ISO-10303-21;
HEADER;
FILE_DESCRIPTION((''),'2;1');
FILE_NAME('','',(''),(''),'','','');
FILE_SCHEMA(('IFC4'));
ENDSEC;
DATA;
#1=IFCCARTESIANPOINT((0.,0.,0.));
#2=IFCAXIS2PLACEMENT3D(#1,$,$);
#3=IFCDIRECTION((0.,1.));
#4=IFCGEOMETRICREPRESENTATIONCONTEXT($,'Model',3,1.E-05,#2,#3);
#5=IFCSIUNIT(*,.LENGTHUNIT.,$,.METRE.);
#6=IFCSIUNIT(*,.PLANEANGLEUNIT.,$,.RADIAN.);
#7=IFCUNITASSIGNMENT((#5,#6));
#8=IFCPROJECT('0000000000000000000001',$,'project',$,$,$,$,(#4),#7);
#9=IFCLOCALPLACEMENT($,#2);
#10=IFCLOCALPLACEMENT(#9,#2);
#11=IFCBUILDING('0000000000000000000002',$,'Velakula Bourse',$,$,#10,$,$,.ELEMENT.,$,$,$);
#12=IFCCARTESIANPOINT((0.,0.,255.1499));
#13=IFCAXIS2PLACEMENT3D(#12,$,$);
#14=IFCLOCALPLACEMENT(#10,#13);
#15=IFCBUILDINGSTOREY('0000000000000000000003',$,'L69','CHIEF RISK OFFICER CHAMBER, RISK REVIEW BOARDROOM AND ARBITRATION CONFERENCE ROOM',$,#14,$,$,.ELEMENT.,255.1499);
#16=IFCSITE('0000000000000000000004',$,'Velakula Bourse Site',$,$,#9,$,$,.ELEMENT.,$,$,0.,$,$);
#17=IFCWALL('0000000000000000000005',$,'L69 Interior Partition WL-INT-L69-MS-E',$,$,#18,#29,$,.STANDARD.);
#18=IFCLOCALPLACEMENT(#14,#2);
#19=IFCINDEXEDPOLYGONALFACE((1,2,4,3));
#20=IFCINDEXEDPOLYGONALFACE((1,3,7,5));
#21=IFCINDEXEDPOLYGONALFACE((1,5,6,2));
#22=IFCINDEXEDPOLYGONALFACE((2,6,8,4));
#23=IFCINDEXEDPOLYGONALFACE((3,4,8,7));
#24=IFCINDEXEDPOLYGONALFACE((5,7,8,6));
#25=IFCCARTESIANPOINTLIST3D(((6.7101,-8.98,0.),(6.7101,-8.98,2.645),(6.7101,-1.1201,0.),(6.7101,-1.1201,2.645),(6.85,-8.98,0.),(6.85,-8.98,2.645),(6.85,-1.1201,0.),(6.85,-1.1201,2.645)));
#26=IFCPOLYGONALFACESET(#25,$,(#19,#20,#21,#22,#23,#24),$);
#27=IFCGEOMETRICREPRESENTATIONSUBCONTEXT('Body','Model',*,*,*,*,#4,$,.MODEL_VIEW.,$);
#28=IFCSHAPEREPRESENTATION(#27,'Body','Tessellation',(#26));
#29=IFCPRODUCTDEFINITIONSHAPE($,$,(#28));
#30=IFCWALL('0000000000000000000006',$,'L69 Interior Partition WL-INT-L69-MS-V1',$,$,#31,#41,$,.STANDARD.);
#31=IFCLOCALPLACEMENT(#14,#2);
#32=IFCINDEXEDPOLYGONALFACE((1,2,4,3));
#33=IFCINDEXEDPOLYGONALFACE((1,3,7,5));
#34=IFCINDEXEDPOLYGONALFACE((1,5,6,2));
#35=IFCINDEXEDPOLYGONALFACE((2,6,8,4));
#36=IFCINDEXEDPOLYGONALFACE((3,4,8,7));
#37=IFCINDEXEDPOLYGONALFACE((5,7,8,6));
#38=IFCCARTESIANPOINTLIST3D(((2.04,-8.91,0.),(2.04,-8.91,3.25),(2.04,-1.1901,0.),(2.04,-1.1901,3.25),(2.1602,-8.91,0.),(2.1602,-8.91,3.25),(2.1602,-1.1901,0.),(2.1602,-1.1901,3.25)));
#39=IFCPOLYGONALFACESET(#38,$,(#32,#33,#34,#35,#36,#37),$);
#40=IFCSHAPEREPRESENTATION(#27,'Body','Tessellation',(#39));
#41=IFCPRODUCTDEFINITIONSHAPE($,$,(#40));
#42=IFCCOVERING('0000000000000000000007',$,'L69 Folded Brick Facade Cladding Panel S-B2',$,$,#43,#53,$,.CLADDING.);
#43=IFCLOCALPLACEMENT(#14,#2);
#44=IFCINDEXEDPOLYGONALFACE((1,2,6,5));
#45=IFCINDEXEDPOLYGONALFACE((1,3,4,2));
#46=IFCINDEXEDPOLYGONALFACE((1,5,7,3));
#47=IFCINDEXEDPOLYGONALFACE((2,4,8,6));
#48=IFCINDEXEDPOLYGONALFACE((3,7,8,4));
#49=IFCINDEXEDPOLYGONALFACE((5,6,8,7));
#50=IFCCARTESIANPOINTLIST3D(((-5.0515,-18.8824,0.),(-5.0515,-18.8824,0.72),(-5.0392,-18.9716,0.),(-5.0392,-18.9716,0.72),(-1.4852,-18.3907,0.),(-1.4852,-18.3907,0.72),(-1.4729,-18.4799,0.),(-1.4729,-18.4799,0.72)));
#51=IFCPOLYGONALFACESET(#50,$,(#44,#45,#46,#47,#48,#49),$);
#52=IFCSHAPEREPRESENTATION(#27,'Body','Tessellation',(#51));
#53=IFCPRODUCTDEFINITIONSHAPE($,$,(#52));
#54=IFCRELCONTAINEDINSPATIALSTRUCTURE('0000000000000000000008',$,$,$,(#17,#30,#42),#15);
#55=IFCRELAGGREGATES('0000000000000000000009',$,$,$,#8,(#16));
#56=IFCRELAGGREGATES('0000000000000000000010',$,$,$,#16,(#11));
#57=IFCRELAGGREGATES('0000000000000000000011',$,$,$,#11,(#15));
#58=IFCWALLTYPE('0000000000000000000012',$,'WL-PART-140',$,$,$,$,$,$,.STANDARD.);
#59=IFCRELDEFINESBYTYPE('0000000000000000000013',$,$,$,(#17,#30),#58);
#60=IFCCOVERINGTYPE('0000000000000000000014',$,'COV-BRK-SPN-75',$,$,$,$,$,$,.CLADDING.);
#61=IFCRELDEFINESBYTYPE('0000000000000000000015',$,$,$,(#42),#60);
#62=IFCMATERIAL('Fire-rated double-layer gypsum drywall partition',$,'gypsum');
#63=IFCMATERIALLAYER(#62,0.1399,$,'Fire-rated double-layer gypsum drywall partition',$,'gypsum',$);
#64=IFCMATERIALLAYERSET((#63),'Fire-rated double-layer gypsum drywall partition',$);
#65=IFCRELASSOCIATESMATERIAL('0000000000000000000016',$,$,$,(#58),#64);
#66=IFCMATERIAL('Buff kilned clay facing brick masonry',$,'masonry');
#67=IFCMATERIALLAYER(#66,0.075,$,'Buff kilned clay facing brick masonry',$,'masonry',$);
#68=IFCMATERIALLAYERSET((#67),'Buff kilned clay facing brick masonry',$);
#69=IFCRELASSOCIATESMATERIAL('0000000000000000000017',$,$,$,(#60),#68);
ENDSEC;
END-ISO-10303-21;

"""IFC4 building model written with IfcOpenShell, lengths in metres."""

from ifc_helpers import new_model, si_unit, direction, frame, frame_2d, origin, origin_2d, place, context, subcontext, project, spatial, rectangle, extrude, material, layer, layer_set, type_object, element, save


model = new_model("IFC4")

# Units and contexts
model_context = context("Model", 3, precision=1e-05, world=origin(), true_north=direction((0.0, 1.0)))
body_context = subcontext(model_context, "Body", "Model", "MODEL_VIEW")
ifc_project = project(units=[si_unit("LENGTHUNIT", "METRE"), si_unit("PLANEANGLEUNIT", "RADIAN")], contexts=[model_context])

# Site, building, storey
site_placement = place(None, origin())
site = spatial("IfcSite", under=ifc_project, at=site_placement, Name="Velakula Bourse Site", CompositionType="ELEMENT", RefElevation=0.0)
building_placement = place(site_placement, origin())
building = spatial("IfcBuilding", under=site, at=building_placement, Name="Velakula Bourse", CompositionType="ELEMENT")
storey_placement = place(building_placement, frame((0.0, 0.0, 255.1499)))
storey = spatial("IfcBuildingStorey", under=building, at=storey_placement, Name="L69", Description="CHIEF RISK OFFICER CHAMBER, RISK REVIEW BOARDROOM AND ARBITRATION CONFERENCE ROOM", CompositionType="ELEMENT", Elevation=255.1499)

# Shared definitions
ifc_material_1 = material(Name="Buff kilned clay facing brick masonry", Category="masonry")

# Walls
ifc_material_2 = material(Name="Fire-rated double-layer gypsum drywall partition", Category="gypsum")
ifc_layer_1 = layer(ifc_material_2, 0.1399, Name="Fire-rated double-layer gypsum drywall partition", Category="gypsum")
ifc_layer_set_1 = layer_set([ifc_layer_1], Name="Fire-rated double-layer gypsum drywall partition")
wall_type_1 = type_object("IfcWallType", Name="WL-PART-140", PredefinedType="STANDARD", material=ifc_layer_set_1)
wall_1_placement = place(storey_placement, frame((6.78, -8.98, 0.0), z_axis=(0.0, 0.0, 1.0), x_axis=(0.0, 1.0, 0.0)))
element("IfcWall", 1, at=wall_1_placement, inside=storey, type_object=wall_type_1, Name="L69 Interior Partition WL-INT-L69-MS-E", PredefinedType="STANDARD", context=body_context, shape_type="SweptSolid", body=[
    extrude(rectangle(XDim=7.8599, YDim=0.1399, at=frame_2d((3.9299, 0.0))), origin(), (0.0, 0.0, 1.0), 2.645),
])
wall_2_placement = place(storey_placement, frame((2.1001, -8.9099, 0.0), z_axis=(0.0, 0.0, 1.0), x_axis=(0.0, 1.0, 0.0)))
element("IfcWall", 2, at=wall_2_placement, inside=storey, type_object=wall_type_1, Name="L69 Interior Partition WL-INT-L69-MS-V1", PredefinedType="STANDARD", context=body_context, shape_type="SweptSolid", body=[
    extrude(rectangle(XDim=7.72, YDim=0.1201, at=frame_2d((3.8599, 0.0))), origin(), (0.0, 0.0, 1.0), 3.25),
])

# Covering
ifc_layer_2 = layer(ifc_material_1, 0.075, Name="Buff kilned clay facing brick masonry", Category="masonry")
ifc_layer_set_2 = layer_set([ifc_layer_2], Name="Buff kilned clay facing brick masonry")
covering_type = type_object("IfcCoveringType", Name="COV-BRK-SPN-75", PredefinedType="CLADDING", material=ifc_layer_set_2)
covering_placement = place(storey_placement, frame((-3.2622, -18.6812, 0.0), z_axis=(0.0, 0.0, 1.0), x_axis=(0.990629, 0.13658, 0.0)))
element("IfcCovering", 3, at=covering_placement, inside=storey, type_object=covering_type, Name="L69 Folded Brick Facade Cladding Panel S-B2", PredefinedType="CLADDING", context=body_context, shape_type="SweptSolid", body=[
    extrude(rectangle(XDim=3.6001, YDim=0.0901, at=origin_2d()), origin(), (0.0, 0.0, 1.0), 0.72),
])

save(model, "model.ifc")
